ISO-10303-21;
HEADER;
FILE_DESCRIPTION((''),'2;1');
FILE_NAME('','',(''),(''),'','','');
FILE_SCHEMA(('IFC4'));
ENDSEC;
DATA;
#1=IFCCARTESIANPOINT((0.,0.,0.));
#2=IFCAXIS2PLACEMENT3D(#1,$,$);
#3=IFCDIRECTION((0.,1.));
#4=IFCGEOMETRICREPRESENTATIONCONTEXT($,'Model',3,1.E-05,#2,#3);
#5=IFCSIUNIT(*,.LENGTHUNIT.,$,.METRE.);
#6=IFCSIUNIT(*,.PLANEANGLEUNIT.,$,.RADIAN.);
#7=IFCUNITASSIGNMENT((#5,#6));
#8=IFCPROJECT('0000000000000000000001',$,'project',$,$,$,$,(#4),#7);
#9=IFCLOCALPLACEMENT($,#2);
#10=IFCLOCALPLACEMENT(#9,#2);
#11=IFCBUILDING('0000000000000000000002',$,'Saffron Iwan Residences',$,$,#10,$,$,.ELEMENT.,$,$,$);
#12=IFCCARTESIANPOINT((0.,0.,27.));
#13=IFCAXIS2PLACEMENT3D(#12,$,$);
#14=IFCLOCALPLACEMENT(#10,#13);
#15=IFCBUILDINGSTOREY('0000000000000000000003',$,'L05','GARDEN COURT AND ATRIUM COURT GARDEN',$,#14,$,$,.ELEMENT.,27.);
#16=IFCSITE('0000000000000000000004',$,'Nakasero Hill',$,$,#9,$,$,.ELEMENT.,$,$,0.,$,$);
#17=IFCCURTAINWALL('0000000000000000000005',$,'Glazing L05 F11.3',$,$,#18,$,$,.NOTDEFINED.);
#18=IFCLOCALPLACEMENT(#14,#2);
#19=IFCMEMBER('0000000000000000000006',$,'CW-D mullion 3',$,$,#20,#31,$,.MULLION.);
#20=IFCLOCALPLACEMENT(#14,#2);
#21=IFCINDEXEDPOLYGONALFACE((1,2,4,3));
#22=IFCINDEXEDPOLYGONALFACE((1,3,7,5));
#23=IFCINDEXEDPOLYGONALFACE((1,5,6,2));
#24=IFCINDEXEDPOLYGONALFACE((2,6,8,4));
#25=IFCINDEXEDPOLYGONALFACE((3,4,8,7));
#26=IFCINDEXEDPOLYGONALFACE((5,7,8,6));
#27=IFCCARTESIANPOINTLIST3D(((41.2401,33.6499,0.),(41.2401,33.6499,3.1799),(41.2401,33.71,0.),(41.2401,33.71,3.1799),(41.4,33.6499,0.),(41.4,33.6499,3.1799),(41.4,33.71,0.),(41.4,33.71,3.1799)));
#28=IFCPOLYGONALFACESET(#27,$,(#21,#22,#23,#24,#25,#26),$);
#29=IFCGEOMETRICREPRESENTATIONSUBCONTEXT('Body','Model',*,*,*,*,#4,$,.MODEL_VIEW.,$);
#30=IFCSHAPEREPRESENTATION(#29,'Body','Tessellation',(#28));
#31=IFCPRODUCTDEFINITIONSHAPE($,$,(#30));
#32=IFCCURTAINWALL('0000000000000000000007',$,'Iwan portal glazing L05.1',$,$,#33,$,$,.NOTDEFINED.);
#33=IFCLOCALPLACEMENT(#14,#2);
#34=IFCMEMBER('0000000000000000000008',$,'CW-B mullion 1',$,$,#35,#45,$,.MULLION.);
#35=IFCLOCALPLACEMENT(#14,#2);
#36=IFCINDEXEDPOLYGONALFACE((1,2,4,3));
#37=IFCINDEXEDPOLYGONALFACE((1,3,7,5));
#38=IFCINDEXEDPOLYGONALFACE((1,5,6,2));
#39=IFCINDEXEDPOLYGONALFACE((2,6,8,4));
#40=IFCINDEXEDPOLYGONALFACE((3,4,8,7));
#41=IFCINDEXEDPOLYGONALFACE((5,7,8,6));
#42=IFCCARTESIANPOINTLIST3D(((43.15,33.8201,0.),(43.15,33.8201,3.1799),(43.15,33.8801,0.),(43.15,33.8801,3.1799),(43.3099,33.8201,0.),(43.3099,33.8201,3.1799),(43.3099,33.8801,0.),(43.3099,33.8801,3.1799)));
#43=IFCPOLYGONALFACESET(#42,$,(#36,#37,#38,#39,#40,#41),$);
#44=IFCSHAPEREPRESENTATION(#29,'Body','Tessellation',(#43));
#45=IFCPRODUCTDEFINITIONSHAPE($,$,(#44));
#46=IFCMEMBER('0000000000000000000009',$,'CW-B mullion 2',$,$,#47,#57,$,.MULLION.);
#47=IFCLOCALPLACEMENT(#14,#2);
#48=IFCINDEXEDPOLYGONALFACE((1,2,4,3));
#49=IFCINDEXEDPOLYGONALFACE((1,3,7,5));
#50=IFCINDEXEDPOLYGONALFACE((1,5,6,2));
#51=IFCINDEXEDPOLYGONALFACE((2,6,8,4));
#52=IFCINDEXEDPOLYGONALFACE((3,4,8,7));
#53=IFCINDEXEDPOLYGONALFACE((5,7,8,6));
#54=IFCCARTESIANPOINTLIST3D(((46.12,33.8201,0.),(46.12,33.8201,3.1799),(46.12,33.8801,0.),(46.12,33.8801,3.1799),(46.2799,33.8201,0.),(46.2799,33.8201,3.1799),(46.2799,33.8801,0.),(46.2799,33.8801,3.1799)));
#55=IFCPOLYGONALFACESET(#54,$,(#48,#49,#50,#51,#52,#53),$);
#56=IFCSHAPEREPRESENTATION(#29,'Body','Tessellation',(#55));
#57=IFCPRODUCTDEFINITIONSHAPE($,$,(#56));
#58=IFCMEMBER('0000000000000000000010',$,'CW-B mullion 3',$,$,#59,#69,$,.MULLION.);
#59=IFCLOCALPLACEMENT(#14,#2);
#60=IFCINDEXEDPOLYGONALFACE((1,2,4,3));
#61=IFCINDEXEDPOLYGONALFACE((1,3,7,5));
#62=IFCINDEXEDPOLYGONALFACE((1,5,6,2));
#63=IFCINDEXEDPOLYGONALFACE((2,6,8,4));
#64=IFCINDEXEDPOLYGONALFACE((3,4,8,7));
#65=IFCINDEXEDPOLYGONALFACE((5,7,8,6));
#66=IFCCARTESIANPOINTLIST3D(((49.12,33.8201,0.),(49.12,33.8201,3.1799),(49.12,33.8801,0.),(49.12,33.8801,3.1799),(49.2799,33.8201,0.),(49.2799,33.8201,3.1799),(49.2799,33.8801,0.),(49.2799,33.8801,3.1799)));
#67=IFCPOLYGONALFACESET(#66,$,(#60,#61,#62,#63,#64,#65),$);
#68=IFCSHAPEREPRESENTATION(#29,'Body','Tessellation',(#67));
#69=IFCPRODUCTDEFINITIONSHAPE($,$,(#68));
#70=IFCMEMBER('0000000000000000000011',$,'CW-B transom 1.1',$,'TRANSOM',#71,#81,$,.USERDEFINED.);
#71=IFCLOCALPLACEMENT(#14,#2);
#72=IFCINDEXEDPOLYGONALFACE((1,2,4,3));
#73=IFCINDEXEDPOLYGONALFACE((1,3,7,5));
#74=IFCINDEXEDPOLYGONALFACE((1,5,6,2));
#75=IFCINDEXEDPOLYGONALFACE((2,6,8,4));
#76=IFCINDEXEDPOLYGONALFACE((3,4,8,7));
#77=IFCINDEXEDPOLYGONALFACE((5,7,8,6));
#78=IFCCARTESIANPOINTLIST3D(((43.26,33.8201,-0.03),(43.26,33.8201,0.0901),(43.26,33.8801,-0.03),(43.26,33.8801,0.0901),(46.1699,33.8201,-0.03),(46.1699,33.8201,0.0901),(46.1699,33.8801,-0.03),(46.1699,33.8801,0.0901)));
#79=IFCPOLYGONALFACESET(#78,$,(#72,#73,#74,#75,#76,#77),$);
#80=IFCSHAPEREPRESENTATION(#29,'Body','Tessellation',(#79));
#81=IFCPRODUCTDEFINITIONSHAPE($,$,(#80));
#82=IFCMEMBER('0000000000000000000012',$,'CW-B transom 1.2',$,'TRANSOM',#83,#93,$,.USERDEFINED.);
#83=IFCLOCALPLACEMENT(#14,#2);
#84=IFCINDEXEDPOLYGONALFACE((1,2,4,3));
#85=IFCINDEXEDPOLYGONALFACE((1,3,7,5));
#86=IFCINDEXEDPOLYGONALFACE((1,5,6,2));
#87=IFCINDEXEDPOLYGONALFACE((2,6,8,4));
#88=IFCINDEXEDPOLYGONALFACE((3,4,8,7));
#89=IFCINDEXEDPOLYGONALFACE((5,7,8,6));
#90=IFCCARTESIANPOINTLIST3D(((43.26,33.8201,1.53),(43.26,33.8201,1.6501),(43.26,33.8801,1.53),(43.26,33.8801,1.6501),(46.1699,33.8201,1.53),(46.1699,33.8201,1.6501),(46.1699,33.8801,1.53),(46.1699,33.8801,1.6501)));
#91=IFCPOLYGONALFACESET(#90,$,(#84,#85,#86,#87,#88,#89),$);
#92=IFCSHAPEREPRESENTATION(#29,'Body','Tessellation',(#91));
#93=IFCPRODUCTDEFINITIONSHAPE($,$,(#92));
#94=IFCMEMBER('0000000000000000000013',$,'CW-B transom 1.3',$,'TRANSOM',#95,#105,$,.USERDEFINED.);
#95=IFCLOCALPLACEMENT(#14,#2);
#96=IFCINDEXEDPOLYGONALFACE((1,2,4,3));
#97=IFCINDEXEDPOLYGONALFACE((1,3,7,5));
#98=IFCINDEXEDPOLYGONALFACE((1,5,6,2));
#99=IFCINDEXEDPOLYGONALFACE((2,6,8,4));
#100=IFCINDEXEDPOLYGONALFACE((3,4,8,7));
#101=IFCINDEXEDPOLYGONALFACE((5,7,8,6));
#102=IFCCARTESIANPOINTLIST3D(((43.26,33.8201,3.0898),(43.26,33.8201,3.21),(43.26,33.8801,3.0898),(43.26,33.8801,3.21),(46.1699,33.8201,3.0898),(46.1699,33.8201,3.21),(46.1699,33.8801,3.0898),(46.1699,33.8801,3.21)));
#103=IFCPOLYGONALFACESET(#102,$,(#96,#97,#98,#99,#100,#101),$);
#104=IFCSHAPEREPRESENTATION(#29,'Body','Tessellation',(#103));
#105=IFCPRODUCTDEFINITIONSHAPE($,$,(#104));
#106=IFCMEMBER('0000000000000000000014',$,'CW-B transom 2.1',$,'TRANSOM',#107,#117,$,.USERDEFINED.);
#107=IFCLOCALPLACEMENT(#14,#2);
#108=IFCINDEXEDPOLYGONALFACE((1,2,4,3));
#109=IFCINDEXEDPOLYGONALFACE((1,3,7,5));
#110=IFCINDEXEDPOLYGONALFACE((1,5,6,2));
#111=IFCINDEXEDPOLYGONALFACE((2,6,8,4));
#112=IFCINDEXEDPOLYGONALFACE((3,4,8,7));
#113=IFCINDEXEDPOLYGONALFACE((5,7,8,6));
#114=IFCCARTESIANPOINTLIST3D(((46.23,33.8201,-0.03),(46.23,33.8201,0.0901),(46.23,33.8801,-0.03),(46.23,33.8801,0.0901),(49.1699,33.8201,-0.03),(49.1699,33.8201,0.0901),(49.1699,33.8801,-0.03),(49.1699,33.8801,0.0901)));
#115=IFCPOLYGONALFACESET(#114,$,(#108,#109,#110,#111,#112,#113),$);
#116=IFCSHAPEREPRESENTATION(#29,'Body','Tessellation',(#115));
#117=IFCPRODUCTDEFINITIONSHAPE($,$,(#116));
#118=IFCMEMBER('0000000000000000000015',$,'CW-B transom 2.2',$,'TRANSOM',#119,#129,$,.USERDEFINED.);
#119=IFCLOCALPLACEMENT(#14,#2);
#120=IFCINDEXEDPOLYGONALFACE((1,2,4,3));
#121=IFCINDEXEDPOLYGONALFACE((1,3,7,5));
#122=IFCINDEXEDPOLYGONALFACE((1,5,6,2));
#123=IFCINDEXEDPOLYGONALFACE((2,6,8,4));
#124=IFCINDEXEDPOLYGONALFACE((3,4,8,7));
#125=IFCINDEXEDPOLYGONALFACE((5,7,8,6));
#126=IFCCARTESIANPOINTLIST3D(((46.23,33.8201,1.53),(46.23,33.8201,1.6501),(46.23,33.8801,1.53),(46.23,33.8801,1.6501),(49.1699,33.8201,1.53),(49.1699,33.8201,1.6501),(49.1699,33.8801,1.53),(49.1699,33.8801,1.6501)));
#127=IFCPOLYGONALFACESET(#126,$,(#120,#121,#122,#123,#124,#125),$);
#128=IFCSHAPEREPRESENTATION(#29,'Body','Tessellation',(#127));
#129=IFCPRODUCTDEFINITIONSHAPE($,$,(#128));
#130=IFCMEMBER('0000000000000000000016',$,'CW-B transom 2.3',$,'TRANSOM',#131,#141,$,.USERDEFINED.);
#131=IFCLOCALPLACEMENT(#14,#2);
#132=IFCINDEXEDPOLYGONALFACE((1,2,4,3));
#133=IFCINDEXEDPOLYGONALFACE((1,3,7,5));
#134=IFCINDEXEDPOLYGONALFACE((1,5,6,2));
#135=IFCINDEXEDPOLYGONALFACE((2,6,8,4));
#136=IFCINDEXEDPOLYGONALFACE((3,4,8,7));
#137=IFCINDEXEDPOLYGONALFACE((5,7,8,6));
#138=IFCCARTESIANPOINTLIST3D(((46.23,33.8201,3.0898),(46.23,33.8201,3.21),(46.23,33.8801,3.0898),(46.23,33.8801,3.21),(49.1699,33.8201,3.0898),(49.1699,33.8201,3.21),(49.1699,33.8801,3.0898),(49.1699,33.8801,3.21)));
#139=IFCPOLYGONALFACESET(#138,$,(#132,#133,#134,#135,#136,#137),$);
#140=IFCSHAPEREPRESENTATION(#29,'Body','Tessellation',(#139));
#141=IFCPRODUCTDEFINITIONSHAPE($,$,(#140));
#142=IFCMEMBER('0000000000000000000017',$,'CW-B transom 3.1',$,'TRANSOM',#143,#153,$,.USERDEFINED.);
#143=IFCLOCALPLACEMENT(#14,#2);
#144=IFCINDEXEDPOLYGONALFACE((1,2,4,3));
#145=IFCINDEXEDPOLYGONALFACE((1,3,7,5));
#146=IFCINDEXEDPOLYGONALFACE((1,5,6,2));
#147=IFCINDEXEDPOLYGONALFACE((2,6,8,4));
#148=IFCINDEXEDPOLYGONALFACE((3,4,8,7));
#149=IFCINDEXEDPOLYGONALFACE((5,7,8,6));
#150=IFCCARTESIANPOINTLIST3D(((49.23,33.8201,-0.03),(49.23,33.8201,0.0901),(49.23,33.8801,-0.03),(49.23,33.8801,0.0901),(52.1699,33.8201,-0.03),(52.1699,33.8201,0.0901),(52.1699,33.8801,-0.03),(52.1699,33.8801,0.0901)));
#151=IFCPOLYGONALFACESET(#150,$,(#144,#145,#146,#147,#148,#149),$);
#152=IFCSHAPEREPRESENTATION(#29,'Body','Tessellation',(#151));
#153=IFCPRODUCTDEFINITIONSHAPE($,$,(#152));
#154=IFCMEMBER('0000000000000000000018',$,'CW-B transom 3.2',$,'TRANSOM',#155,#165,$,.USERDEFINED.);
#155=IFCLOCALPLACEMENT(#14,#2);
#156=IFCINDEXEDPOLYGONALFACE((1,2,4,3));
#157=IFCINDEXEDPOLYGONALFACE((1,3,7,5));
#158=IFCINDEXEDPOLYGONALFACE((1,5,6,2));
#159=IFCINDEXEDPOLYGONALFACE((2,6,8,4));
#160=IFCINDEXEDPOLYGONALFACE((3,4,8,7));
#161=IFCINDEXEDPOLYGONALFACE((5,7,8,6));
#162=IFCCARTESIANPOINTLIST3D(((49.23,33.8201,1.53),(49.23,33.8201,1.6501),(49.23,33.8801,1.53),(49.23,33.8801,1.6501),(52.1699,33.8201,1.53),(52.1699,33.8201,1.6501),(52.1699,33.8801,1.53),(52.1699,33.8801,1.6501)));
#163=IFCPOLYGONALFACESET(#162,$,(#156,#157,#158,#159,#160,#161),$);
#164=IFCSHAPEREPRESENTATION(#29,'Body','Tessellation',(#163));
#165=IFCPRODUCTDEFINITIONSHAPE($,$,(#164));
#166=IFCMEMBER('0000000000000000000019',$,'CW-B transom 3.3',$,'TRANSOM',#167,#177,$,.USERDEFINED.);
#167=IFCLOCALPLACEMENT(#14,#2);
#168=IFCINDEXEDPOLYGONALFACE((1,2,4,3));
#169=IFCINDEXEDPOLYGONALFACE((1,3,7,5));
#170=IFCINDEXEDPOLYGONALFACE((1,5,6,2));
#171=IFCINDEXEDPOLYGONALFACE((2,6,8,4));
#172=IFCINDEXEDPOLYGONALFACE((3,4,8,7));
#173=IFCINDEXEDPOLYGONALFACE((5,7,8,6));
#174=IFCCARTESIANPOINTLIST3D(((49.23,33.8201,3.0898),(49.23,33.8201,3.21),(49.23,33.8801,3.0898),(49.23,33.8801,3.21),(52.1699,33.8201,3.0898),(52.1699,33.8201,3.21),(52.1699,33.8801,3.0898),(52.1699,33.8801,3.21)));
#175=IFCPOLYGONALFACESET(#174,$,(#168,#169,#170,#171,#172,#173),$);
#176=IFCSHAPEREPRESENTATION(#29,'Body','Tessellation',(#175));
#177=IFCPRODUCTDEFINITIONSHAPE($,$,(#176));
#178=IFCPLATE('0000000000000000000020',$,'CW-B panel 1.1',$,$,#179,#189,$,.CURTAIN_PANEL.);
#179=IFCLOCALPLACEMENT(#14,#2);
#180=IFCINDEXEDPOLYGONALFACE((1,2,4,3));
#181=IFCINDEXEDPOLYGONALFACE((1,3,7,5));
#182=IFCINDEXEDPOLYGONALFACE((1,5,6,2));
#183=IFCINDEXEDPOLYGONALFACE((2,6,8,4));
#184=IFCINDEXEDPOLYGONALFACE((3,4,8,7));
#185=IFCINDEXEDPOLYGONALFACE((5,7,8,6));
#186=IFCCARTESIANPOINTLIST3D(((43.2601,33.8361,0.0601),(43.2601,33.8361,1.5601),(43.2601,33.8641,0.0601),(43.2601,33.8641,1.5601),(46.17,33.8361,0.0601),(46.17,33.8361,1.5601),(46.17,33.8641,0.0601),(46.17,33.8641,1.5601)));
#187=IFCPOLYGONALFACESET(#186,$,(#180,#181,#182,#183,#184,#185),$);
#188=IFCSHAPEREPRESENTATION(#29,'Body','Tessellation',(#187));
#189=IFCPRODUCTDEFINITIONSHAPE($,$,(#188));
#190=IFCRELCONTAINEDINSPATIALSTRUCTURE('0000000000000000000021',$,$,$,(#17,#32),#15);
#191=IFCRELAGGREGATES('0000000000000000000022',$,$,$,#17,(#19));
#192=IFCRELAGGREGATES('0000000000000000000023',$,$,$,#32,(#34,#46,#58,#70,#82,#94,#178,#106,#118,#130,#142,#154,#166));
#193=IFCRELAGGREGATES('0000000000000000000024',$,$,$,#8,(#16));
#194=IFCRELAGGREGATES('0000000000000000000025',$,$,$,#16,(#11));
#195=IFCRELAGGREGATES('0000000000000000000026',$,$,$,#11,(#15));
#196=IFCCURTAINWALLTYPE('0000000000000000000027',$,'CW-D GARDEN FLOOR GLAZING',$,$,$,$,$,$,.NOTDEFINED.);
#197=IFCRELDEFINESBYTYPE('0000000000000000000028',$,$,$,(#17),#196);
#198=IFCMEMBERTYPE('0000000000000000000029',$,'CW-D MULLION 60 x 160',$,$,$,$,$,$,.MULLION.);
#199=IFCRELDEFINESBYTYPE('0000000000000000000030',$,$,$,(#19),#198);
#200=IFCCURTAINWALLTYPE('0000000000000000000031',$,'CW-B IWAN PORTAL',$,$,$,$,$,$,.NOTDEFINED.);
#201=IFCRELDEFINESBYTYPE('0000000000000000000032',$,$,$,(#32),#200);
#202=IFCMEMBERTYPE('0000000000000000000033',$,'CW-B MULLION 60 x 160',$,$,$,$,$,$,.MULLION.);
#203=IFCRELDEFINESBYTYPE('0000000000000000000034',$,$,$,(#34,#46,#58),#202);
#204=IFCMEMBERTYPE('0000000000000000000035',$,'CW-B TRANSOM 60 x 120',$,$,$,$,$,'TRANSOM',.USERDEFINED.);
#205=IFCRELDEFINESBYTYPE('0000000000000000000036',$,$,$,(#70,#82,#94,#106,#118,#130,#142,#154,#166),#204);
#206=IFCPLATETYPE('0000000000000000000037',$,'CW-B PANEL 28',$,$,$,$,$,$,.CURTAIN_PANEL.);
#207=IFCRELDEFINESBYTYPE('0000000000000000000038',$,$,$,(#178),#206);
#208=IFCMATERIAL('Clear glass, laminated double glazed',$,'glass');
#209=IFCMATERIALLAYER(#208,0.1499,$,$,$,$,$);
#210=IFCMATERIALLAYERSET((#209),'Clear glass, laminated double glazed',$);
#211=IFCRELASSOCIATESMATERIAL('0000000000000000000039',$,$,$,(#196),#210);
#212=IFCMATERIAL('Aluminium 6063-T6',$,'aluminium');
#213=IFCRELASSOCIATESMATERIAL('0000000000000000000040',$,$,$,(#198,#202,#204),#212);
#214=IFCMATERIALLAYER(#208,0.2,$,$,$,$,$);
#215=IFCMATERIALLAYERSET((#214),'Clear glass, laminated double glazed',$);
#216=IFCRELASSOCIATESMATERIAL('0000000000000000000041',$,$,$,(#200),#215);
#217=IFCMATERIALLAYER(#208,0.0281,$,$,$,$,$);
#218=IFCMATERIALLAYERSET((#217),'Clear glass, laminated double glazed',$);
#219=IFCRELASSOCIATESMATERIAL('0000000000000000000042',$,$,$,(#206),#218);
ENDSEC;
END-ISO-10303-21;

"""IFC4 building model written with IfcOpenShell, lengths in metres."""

from ifc_helpers import new_model, si_unit, direction, frame, origin, origin_2d, place, context, subcontext, project, spatial, rectangle, extrude, source, transform, mapped, material, layer, layer_set, material_profile, profile_set, type_object, element, aggregate, save


model = new_model("IFC4")

# Units and contexts
model_context = context("Model", 3, precision=1e-05, world=origin(), true_north=direction((0.0, 1.0)))
body_context = subcontext(model_context, "Body", "Model", "MODEL_VIEW")
ifc_project = project(units=[si_unit("LENGTHUNIT", "METRE"), si_unit("PLANEANGLEUNIT", "RADIAN")], contexts=[model_context])

# Site, building, storey
site_placement = place(None, origin())
site = spatial("IfcSite", under=ifc_project, at=site_placement, Name="Nakasero Hill", CompositionType="ELEMENT", RefElevation=0.0)
building_placement = place(site_placement, origin())
building = spatial("IfcBuilding", under=site, at=building_placement, Name="Saffron Iwan Residences", CompositionType="ELEMENT")
storey_placement = place(building_placement, frame((0.0, 0.0, 27.0)))
storey = spatial("IfcBuildingStorey", under=building, at=storey_placement, Name="L05", Description="GARDEN COURT AND ATRIUM COURT GARDEN", CompositionType="ELEMENT", Elevation=27.0)

# Curtain wall, member
ifc_material_1 = material(Name="Clear glass, laminated double glazed", Category="glass")
ifc_layer_1 = layer(ifc_material_1, 0.1499)
ifc_layer_set_1 = layer_set([ifc_layer_1], Name="Clear glass, laminated double glazed")
curtain_wall_type_1 = type_object("IfcCurtainWallType", Name="CW-D GARDEN FLOOR GLAZING", PredefinedType="NOTDEFINED", material=ifc_layer_set_1)
curtain_wall_1_placement = place(storey_placement, origin())
curtain_wall_1 = element("IfcCurtainWall", 1, at=curtain_wall_1_placement, inside=storey, type_object=curtain_wall_type_1, Name="Glazing L05 F11.3", PredefinedType="NOTDEFINED")
ifc_material_2 = material(Name="Aluminium 6063-T6", Category="aluminium")
ifc_material_profile_1 = material_profile(ifc_material_2, rectangle(XDim=0.0601, YDim=0.1599, at=origin_2d()), Name="CW-D MULLION 60 x 160")
ifc_profile_set_1 = profile_set([ifc_material_profile_1], Name="Aluminium 6063-T6")
member_type_1 = type_object("IfcMemberType", Name="CW-D MULLION 60 x 160", PredefinedType="MULLION", material=ifc_profile_set_1)
shared_shape_1 = source(origin(), body_context, "Body", "SweptSolid", [
    extrude(rectangle(XDim=0.0601, YDim=0.1599, at=origin_2d()), origin(), (0.0, 0.0, 1.0), 3.1799),
])
member_1_placement = place(storey_placement, frame((41.3201, 33.6799, 0.0), z_axis=(0.0, 0.0, 1.0), x_axis=(0.0, 1.0, 0.0)))
member_1 = element("IfcMember", 2, at=member_1_placement, type_object=member_type_1, Name="CW-D mullion 3", PredefinedType="MULLION", context=body_context, shape_type="MappedRepresentation", body=[
    mapped(shared_shape_1, transform((0.0, 0.0, 0.0))),
])
aggregate(curtain_wall_1, [member_1])

# Curtain wall, members, plate
ifc_layer_2 = layer(ifc_material_1, 0.2)
ifc_layer_set_2 = layer_set([ifc_layer_2], Name="Clear glass, laminated double glazed")
curtain_wall_type_2 = type_object("IfcCurtainWallType", Name="CW-B IWAN PORTAL", PredefinedType="NOTDEFINED", material=ifc_layer_set_2)
curtain_wall_2_placement = place(storey_placement, origin())
curtain_wall_2 = element("IfcCurtainWall", 3, at=curtain_wall_2_placement, inside=storey, type_object=curtain_wall_type_2, Name="Iwan portal glazing L05.1", PredefinedType="NOTDEFINED")
ifc_material_profile_2 = material_profile(ifc_material_2, rectangle(XDim=0.0601, YDim=0.1599, at=origin_2d()), Name="CW-B MULLION 60 x 160")
ifc_profile_set_2 = profile_set([ifc_material_profile_2], Name="Aluminium 6063-T6")
member_type_2 = type_object("IfcMemberType", Name="CW-B MULLION 60 x 160", PredefinedType="MULLION", material=ifc_profile_set_2)
shared_shape_2 = source(origin(), body_context, "Body", "SweptSolid", [
    extrude(rectangle(XDim=0.0601, YDim=0.1599, at=origin_2d()), origin(), (0.0, 0.0, 1.0), 3.1799),
])
member_2_placement = place(storey_placement, frame((43.23, 33.8501, 0.0), z_axis=(0.0, 0.0, 1.0), x_axis=(0.0, 1.0, 0.0)))
member_2 = element("IfcMember", 4, at=member_2_placement, type_object=member_type_2, Name="CW-B mullion 1", PredefinedType="MULLION", context=body_context, shape_type="MappedRepresentation", body=[
    mapped(shared_shape_2, transform((0.0, 0.0, 0.0))),
])
member_3_placement = place(storey_placement, frame((46.2, 33.8501, 0.0), z_axis=(0.0, 0.0, 1.0), x_axis=(0.0, 1.0, 0.0)))
member_3 = element("IfcMember", 5, at=member_3_placement, type_object=member_type_2, Name="CW-B mullion 2", PredefinedType="MULLION", context=body_context, shape_type="MappedRepresentation", body=[
    mapped(shared_shape_2, transform((0.0, 0.0, 0.0))),
])
member_4_placement = place(storey_placement, frame((49.2, 33.8501, 0.0), z_axis=(0.0, 0.0, 1.0), x_axis=(0.0, 1.0, 0.0)))
member_4 = element("IfcMember", 6, at=member_4_placement, type_object=member_type_2, Name="CW-B mullion 3", PredefinedType="MULLION", context=body_context, shape_type="MappedRepresentation", body=[
    mapped(shared_shape_2, transform((0.0, 0.0, 0.0))),
])
ifc_material_profile_3 = material_profile(ifc_material_2, rectangle(XDim=0.0601, YDim=0.1201, at=origin_2d()), Name="CW-B TRANSOM 60 x 120")
ifc_profile_set_3 = profile_set([ifc_material_profile_3], Name="Aluminium 6063-T6")
member_type_3 = type_object("IfcMemberType", Name="CW-B TRANSOM 60 x 120", ElementType="TRANSOM", PredefinedType="USERDEFINED", material=ifc_profile_set_3)
shared_shape_3 = source(origin(), body_context, "Body", "SweptSolid", [
    extrude(rectangle(XDim=0.0601, YDim=0.1201, at=origin_2d()), origin(), (0.0, 0.0, 1.0), 2.9099),
])
member_5_placement = place(storey_placement, frame((43.26, 33.8501, 0.03), z_axis=(1.0, 0.0, 0.0), x_axis=(0.0, 1.0, 0.0)))
member_5 = element("IfcMember", 7, at=member_5_placement, type_object=member_type_3, Name="CW-B transom 1.1", ObjectType="TRANSOM", PredefinedType="USERDEFINED", context=body_context, shape_type="MappedRepresentation", body=[
    mapped(shared_shape_3, transform((0.0, 0.0, 0.0))),
])
member_6_placement = place(storey_placement, frame((43.26, 33.8501, 1.5901), z_axis=(1.0, 0.0, 0.0), x_axis=(0.0, 1.0, 0.0)))
member_6 = element("IfcMember", 8, at=member_6_placement, type_object=member_type_3, Name="CW-B transom 1.2", ObjectType="TRANSOM", PredefinedType="USERDEFINED", context=body_context, shape_type="MappedRepresentation", body=[
    mapped(shared_shape_3, transform((0.0, 0.0, 0.0))),
])
member_7_placement = place(storey_placement, frame((43.26, 33.8501, 3.1499), z_axis=(1.0, 0.0, 0.0), x_axis=(0.0, 1.0, 0.0)))
member_7 = element("IfcMember", 9, at=member_7_placement, type_object=member_type_3, Name="CW-B transom 1.3", ObjectType="TRANSOM", PredefinedType="USERDEFINED", context=body_context, shape_type="MappedRepresentation", body=[
    mapped(shared_shape_3, transform((0.0, 0.0, 0.0))),
])
shared_shape_4 = source(origin(), body_context, "Body", "SweptSolid", [
    extrude(rectangle(XDim=0.0601, YDim=0.1201, at=origin_2d()), origin(), (0.0, 0.0, 1.0), 2.9399),
])
member_8_placement = place(storey_placement, frame((46.23, 33.8501, 0.03), z_axis=(1.0, 0.0, 0.0), x_axis=(0.0, 1.0, 0.0)))
member_8 = element("IfcMember", 10, at=member_8_placement, type_object=member_type_3, Name="CW-B transom 2.1", ObjectType="TRANSOM", PredefinedType="USERDEFINED", context=body_context, shape_type="MappedRepresentation", body=[
    mapped(shared_shape_4, transform((0.0, 0.0, 0.0))),
])
member_9_placement = place(storey_placement, frame((46.23, 33.8501, 1.5901), z_axis=(1.0, 0.0, 0.0), x_axis=(0.0, 1.0, 0.0)))
member_9 = element("IfcMember", 11, at=member_9_placement, type_object=member_type_3, Name="CW-B transom 2.2", ObjectType="TRANSOM", PredefinedType="USERDEFINED", context=body_context, shape_type="MappedRepresentation", body=[
    mapped(shared_shape_4, transform((0.0, 0.0, 0.0))),
])
member_10_placement = place(storey_placement, frame((46.23, 33.8501, 3.1499), z_axis=(1.0, 0.0, 0.0), x_axis=(0.0, 1.0, 0.0)))
member_10 = element("IfcMember", 12, at=member_10_placement, type_object=member_type_3, Name="CW-B transom 2.3", ObjectType="TRANSOM", PredefinedType="USERDEFINED", context=body_context, shape_type="MappedRepresentation", body=[
    mapped(shared_shape_4, transform((0.0, 0.0, 0.0))),
])
member_11_placement = place(storey_placement, frame((49.23, 33.8501, 0.03), z_axis=(1.0, 0.0, 0.0), x_axis=(0.0, 1.0, 0.0)))
member_11 = element("IfcMember", 13, at=member_11_placement, type_object=member_type_3, Name="CW-B transom 3.1", ObjectType="TRANSOM", PredefinedType="USERDEFINED", context=body_context, shape_type="MappedRepresentation", body=[
    mapped(shared_shape_4, transform((0.0, 0.0, 0.0))),
])
member_12_placement = place(storey_placement, frame((49.23, 33.8501, 1.5901), z_axis=(1.0, 0.0, 0.0), x_axis=(0.0, 1.0, 0.0)))
member_12 = element("IfcMember", 14, at=member_12_placement, type_object=member_type_3, Name="CW-B transom 3.2", ObjectType="TRANSOM", PredefinedType="USERDEFINED", context=body_context, shape_type="MappedRepresentation", body=[
    mapped(shared_shape_4, transform((0.0, 0.0, 0.0))),
])
member_13_placement = place(storey_placement, frame((49.23, 33.8501, 3.1499), z_axis=(1.0, 0.0, 0.0), x_axis=(0.0, 1.0, 0.0)))
member_13 = element("IfcMember", 15, at=member_13_placement, type_object=member_type_3, Name="CW-B transom 3.3", ObjectType="TRANSOM", PredefinedType="USERDEFINED", context=body_context, shape_type="MappedRepresentation", body=[
    mapped(shared_shape_4, transform((0.0, 0.0, 0.0))),
])
ifc_layer_3 = layer(ifc_material_1, 0.0281)
ifc_layer_set_3 = layer_set([ifc_layer_3], Name="Clear glass, laminated double glazed")
plate_type = type_object("IfcPlateType", Name="CW-B PANEL 28", PredefinedType="CURTAIN_PANEL", material=ifc_layer_set_3)
shared_shape_5 = source(origin(), body_context, "Body", "SweptSolid", [
    extrude(rectangle(XDim=2.9099, YDim=0.0281, at=origin_2d()), origin(), (0.0, 0.0, 1.0), 1.5),
])
plate_1_placement = place(storey_placement, frame((44.7151, 33.8501, 0.0601), z_axis=(0.0, 0.0, 1.0), x_axis=(1.0, 0.0, 0.0)))
plate_1 = element("IfcPlate", 16, at=plate_1_placement, type_object=plate_type, Name="CW-B panel 1.1", PredefinedType="CURTAIN_PANEL", context=body_context, shape_type="MappedRepresentation", body=[
    mapped(shared_shape_5, transform((0.0, 0.0, 0.0))),
])
aggregate(curtain_wall_2, [member_2, member_3, member_4, member_5, member_6, member_7, plate_1, member_8, member_9, member_10, member_11, member_12, member_13])

save(model, "model.ifc")
